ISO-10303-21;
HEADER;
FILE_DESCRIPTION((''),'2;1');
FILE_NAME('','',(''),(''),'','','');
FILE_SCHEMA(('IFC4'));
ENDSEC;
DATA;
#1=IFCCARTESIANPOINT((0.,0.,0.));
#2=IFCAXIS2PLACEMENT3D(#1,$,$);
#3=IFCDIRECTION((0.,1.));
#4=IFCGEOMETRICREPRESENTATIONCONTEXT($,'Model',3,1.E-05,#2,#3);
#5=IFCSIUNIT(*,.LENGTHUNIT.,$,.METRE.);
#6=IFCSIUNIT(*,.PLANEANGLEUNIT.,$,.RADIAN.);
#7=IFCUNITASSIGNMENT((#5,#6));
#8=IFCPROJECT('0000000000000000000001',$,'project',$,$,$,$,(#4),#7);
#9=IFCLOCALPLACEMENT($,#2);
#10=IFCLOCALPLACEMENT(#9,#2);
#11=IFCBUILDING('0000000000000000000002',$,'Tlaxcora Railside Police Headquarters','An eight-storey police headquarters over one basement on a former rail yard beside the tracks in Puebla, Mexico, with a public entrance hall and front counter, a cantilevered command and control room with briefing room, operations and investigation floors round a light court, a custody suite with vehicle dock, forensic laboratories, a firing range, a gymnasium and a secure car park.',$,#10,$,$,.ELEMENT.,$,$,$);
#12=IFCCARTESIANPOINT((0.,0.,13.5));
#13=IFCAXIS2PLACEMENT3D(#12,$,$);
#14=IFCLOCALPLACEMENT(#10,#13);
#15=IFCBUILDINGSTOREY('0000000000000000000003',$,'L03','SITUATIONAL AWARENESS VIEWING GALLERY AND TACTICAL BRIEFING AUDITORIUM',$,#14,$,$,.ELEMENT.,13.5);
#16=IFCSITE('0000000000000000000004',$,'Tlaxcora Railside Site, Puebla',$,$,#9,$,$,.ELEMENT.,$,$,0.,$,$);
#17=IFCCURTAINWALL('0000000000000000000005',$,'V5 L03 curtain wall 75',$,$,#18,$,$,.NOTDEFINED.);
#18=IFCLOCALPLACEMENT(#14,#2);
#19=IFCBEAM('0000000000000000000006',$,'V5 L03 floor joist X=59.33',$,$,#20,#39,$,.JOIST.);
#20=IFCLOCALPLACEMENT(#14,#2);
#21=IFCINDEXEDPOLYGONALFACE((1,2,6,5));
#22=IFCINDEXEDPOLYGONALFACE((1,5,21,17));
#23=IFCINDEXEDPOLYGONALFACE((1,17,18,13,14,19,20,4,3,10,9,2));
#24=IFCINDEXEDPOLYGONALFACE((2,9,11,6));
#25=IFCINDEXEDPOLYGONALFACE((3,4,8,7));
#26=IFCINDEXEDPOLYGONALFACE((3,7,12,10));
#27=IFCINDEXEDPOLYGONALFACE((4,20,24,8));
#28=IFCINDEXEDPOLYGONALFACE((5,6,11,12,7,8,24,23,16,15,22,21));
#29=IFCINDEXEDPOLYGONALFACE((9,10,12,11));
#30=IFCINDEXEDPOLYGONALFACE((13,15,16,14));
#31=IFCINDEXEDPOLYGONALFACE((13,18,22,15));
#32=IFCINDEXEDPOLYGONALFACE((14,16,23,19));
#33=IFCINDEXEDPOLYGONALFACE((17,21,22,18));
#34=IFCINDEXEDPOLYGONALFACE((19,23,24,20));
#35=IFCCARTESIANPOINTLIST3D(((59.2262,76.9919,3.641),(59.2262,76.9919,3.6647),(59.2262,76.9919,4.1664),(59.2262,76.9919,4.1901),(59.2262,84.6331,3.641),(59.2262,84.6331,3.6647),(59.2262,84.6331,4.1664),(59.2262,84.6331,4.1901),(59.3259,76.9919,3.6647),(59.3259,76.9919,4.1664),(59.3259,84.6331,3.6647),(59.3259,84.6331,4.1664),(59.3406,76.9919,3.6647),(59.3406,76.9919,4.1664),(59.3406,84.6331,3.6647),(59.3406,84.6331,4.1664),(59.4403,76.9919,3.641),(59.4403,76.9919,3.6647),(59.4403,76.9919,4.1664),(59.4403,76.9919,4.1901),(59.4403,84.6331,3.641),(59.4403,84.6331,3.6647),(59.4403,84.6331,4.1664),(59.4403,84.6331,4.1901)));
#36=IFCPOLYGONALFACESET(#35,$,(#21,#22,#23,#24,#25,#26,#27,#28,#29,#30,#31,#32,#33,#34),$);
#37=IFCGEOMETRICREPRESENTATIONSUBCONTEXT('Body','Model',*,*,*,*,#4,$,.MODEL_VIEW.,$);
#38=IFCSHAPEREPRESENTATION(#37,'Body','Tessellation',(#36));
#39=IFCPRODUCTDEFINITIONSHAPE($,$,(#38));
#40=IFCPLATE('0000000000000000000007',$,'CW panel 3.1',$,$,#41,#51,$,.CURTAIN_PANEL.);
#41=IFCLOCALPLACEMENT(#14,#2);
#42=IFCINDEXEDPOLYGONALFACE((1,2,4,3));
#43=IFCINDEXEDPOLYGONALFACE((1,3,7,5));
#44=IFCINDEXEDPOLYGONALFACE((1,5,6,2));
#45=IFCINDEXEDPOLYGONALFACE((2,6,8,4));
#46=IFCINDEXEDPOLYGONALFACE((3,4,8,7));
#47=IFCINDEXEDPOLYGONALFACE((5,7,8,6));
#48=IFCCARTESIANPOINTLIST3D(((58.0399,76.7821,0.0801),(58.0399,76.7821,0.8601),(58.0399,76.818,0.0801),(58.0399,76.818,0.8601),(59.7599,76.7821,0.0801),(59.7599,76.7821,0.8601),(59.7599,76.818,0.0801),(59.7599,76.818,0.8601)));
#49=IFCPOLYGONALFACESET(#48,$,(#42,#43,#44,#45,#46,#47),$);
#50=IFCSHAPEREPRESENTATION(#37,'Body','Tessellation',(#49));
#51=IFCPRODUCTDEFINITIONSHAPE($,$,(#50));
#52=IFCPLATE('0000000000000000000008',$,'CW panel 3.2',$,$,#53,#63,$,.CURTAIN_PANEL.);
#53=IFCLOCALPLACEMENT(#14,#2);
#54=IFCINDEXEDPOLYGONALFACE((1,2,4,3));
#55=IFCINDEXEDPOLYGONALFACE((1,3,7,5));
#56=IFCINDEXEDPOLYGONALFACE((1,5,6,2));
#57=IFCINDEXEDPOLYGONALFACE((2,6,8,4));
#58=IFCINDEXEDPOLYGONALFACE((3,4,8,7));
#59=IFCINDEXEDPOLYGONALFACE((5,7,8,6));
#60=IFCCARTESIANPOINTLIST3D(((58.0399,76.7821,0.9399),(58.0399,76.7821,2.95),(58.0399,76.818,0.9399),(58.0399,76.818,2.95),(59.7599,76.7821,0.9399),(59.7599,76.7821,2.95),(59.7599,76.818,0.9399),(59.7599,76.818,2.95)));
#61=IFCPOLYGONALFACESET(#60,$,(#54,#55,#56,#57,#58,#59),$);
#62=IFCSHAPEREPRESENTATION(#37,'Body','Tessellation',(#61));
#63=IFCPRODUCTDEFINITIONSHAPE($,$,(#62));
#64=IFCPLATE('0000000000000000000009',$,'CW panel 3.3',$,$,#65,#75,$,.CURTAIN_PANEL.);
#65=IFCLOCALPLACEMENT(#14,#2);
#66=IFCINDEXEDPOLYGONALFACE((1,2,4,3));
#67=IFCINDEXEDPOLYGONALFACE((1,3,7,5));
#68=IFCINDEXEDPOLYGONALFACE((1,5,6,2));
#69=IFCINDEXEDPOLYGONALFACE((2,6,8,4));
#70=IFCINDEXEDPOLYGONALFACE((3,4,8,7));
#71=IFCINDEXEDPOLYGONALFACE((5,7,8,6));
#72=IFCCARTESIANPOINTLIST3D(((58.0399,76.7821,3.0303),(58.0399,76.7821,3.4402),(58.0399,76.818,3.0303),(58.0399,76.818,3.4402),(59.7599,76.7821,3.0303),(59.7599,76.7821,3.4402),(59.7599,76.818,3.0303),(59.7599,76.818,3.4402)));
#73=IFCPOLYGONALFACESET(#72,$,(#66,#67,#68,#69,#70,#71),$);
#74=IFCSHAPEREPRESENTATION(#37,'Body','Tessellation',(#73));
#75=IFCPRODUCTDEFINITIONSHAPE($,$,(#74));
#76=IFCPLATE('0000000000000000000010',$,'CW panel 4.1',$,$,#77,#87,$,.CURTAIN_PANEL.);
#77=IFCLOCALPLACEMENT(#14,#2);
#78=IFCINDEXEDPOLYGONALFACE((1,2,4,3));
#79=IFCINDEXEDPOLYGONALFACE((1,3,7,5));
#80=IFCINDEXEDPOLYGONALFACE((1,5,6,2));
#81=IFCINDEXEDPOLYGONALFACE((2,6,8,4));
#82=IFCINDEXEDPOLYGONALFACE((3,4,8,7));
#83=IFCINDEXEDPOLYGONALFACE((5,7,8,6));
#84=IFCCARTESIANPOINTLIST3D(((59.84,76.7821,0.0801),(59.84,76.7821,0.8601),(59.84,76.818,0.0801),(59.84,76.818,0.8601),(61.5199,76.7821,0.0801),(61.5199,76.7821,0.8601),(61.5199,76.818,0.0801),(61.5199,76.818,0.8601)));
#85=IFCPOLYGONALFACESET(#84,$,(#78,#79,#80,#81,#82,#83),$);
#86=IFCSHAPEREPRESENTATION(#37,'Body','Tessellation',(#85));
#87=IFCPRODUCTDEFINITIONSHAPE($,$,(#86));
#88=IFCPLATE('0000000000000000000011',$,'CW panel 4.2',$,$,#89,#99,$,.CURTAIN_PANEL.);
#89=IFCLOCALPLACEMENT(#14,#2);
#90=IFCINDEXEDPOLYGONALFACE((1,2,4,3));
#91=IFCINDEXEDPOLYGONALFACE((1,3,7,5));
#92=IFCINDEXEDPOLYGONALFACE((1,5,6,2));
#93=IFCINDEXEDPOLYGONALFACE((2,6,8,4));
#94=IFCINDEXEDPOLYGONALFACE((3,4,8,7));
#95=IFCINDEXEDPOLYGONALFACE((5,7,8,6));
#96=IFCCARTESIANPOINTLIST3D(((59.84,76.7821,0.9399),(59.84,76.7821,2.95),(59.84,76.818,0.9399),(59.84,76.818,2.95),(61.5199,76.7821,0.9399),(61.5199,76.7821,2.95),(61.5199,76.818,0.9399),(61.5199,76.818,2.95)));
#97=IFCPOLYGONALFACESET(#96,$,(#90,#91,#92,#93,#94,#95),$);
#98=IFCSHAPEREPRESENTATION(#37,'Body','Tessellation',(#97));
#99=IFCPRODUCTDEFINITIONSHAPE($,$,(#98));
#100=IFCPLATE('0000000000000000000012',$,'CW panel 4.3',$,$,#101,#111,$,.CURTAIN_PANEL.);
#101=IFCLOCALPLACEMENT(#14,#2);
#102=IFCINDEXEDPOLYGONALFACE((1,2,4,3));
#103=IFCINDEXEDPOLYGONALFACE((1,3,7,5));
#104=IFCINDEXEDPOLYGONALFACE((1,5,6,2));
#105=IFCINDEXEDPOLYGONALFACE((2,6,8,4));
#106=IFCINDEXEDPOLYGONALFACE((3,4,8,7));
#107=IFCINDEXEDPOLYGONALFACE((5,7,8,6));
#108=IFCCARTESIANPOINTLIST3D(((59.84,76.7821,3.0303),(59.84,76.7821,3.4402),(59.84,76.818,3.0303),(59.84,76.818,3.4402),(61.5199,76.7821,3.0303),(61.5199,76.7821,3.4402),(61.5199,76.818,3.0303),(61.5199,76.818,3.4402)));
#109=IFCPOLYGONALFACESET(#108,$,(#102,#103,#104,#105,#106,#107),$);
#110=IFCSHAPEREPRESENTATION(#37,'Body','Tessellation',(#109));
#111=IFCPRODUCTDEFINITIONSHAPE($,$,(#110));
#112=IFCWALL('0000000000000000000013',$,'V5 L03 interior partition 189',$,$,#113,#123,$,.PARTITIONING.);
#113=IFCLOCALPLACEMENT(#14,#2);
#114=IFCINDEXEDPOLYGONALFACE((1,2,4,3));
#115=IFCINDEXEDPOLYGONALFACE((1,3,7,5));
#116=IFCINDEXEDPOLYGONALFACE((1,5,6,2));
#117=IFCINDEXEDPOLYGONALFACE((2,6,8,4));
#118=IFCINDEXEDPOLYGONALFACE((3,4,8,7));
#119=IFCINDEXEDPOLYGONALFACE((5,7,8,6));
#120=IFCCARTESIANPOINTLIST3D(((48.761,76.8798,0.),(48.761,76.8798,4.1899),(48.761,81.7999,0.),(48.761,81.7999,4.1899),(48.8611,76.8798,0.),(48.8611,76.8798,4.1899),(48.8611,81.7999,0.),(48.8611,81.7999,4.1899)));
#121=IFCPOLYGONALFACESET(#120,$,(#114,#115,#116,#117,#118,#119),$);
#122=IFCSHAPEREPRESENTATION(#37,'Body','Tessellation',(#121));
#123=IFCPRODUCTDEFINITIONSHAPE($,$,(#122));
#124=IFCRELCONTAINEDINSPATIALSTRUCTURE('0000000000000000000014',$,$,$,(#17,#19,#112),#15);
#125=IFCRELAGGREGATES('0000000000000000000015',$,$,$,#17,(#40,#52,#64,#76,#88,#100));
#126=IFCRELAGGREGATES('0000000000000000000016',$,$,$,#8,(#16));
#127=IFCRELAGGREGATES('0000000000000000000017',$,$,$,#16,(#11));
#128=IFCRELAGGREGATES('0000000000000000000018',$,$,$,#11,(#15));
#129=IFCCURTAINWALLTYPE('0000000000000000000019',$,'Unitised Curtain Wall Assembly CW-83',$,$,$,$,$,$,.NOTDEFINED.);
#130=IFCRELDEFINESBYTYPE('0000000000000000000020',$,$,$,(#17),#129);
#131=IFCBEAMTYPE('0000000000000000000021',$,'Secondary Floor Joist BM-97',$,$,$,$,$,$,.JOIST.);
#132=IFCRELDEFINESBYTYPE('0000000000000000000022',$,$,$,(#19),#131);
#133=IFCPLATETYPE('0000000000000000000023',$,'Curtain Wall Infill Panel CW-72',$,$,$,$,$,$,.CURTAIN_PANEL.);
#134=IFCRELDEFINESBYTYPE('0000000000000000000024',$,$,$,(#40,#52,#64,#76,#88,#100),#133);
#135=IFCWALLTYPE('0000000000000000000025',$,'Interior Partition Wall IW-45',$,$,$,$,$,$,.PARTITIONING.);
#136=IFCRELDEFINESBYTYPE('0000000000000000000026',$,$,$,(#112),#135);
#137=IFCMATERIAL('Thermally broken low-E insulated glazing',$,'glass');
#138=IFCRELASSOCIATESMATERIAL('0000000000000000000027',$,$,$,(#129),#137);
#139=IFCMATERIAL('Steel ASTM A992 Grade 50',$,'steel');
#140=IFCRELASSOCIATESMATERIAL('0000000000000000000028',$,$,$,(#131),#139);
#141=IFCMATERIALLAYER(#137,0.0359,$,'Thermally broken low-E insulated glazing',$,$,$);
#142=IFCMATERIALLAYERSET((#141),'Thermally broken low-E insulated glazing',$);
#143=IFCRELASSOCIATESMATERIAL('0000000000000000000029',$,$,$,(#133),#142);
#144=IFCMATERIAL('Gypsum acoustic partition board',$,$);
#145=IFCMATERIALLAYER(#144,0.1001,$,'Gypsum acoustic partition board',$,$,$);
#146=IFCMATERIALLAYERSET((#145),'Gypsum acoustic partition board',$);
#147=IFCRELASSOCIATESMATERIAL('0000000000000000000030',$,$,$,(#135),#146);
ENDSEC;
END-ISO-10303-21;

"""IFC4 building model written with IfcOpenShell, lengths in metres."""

from ifc_helpers import new_model, si_unit, direction, frame, frame_2d, origin, origin_2d, place, context, subcontext, project, spatial, rectangle, i_section, extrude, material, layer, layer_set, material_profile, profile_set, type_object, element, aggregate, save


model = new_model("IFC4")

# Units and contexts
model_context = context("Model", 3, precision=1e-05, world=origin(), true_north=direction((0.0, 1.0)))
body_context = subcontext(model_context, "Body", "Model", "MODEL_VIEW")
ifc_project = project(units=[si_unit("LENGTHUNIT", "METRE"), si_unit("PLANEANGLEUNIT", "RADIAN")], contexts=[model_context])

# Site, building, storey
site_placement = place(None, origin())
site = spatial("IfcSite", under=ifc_project, at=site_placement, Name="Tlaxcora Railside Site, Puebla", CompositionType="ELEMENT", RefElevation=0.0)
building_placement = place(site_placement, origin())
building = spatial("IfcBuilding", under=site, at=building_placement, Name="Tlaxcora Railside Police Headquarters", Description="An eight-storey police headquarters over one basement on a former rail yard beside the tracks in Puebla, Mexico, with a public entrance hall and front counter, a cantilevered command and control room with briefing room, operations and investigation floors round a light court, a custody suite with vehicle dock, forensic laboratories, a firing range, a gymnasium and a secure car park.", CompositionType="ELEMENT")
storey_placement = place(building_placement, frame((0.0, 0.0, 13.5)))
storey = spatial("IfcBuildingStorey", under=building, at=storey_placement, Name="L03", Description="SITUATIONAL AWARENESS VIEWING GALLERY AND TACTICAL BRIEFING AUDITORIUM", CompositionType="ELEMENT", Elevation=13.5)

# Curtain wall
ifc_material_1 = material(Name="Thermally broken low-E insulated glazing", Category="glass")
curtain_wall_type = type_object("IfcCurtainWallType", Name="Unitised Curtain Wall Assembly CW-83", PredefinedType="NOTDEFINED", material=ifc_material_1)
curtain_wall_placement = place(storey_placement, origin())
curtain_wall = element("IfcCurtainWall", 1, at=curtain_wall_placement, inside=storey, type_object=curtain_wall_type, Name="V5 L03 curtain wall 75", PredefinedType="NOTDEFINED")

# Beam
ifc_material_2 = material(Name="Steel ASTM A992 Grade 50", Category="steel")
ifc_material_profile_1 = material_profile(ifc_material_2, i_section(OverallWidth=0.2141, OverallDepth=0.5491, WebThickness=0.0146, FlangeThickness=0.0237, at=origin_2d()), Name="W21X93")
ifc_profile_set_1 = profile_set([ifc_material_profile_1], Name="Steel ASTM A992 Grade 50")
beam_type_1 = type_object("IfcBeamType", Name="Secondary Floor Joist BM-97", PredefinedType="JOIST", material=ifc_profile_set_1)
beam_1_placement = place(storey_placement, frame((59.3333, 76.9919, 3.9155), z_axis=(0.0, 1.0, 0.0), x_axis=(-1.0, 0.0, 0.0)))
element("IfcBeam", 2, at=beam_1_placement, inside=storey, type_object=beam_type_1, Name="V5 L03 floor joist X=59.33", PredefinedType="JOIST", context=body_context, shape_type="SweptSolid", body=[
    extrude(i_section(OverallWidth=0.2141, OverallDepth=0.5491, WebThickness=0.0146, FlangeThickness=0.0237, at=origin_2d()), origin(), (0.0, 0.0, 1.0), 7.6411),
])

# Plates
ifc_layer_1 = layer(ifc_material_1, 0.0359, Name="Thermally broken low-E insulated glazing")
ifc_layer_set_1 = layer_set([ifc_layer_1], Name="Thermally broken low-E insulated glazing")
plate_type = type_object("IfcPlateType", Name="Curtain Wall Infill Panel CW-72", PredefinedType="CURTAIN_PANEL", material=ifc_layer_set_1)
plate_1_placement = place(storey_placement, frame((58.8999, 76.8, 0.0801), z_axis=(0.0, 0.0, 1.0), x_axis=(1.0, 0.0, 0.0)))
plate_1 = element("IfcPlate", 3, at=plate_1_placement, type_object=plate_type, Name="CW panel 3.1", PredefinedType="CURTAIN_PANEL", context=body_context, shape_type="SweptSolid", body=[
    extrude(rectangle(XDim=1.72, YDim=0.0359, at=origin_2d()), origin(), (0.0, 0.0, 1.0), 0.78),
])
plate_2_placement = place(storey_placement, frame((58.8999, 76.8, 0.9399), z_axis=(0.0, 0.0, 1.0), x_axis=(1.0, 0.0, 0.0)))
plate_2 = element("IfcPlate", 4, at=plate_2_placement, type_object=plate_type, Name="CW panel 3.2", PredefinedType="CURTAIN_PANEL", context=body_context, shape_type="SweptSolid", body=[
    extrude(rectangle(XDim=1.72, YDim=0.0359, at=origin_2d()), origin(), (0.0, 0.0, 1.0), 2.01),
])
plate_3_placement = place(storey_placement, frame((58.8999, 76.8, 3.0303), z_axis=(0.0, 0.0, 1.0), x_axis=(1.0, 0.0, 0.0)))
plate_3 = element("IfcPlate", 5, at=plate_3_placement, type_object=plate_type, Name="CW panel 3.3", PredefinedType="CURTAIN_PANEL", context=body_context, shape_type="SweptSolid", body=[
    extrude(rectangle(XDim=1.72, YDim=0.0359, at=origin_2d()), origin(), (0.0, 0.0, 1.0), 0.4099),
])
plate_4_placement = place(storey_placement, frame((60.6799, 76.8, 0.0801), z_axis=(0.0, 0.0, 1.0), x_axis=(1.0, 0.0, 0.0)))
plate_4 = element("IfcPlate", 6, at=plate_4_placement, type_object=plate_type, Name="CW panel 4.1", PredefinedType="CURTAIN_PANEL", context=body_context, shape_type="SweptSolid", body=[
    extrude(rectangle(XDim=1.6799, YDim=0.0359, at=origin_2d()), origin(), (0.0, 0.0, 1.0), 0.78),
])
plate_5_placement = place(storey_placement, frame((60.6799, 76.8, 0.9399), z_axis=(0.0, 0.0, 1.0), x_axis=(1.0, 0.0, 0.0)))
plate_5 = element("IfcPlate", 7, at=plate_5_placement, type_object=plate_type, Name="CW panel 4.2", PredefinedType="CURTAIN_PANEL", context=body_context, shape_type="SweptSolid", body=[
    extrude(rectangle(XDim=1.6799, YDim=0.0359, at=origin_2d()), origin(), (0.0, 0.0, 1.0), 2.01),
])
plate_6_placement = place(storey_placement, frame((60.6799, 76.8, 3.0303), z_axis=(0.0, 0.0, 1.0), x_axis=(1.0, 0.0, 0.0)))
plate_6 = element("IfcPlate", 8, at=plate_6_placement, type_object=plate_type, Name="CW panel 4.3", PredefinedType="CURTAIN_PANEL", context=body_context, shape_type="SweptSolid", body=[
    extrude(rectangle(XDim=1.6799, YDim=0.0359, at=origin_2d()), origin(), (0.0, 0.0, 1.0), 0.4099),
])
aggregate(curtain_wall, [plate_1, plate_2, plate_3, plate_4, plate_5, plate_6])

# Wall
ifc_material_3 = material(Name="Gypsum acoustic partition board")
ifc_layer_2 = layer(ifc_material_3, 0.1001, Name="Gypsum acoustic partition board")
ifc_layer_set_2 = layer_set([ifc_layer_2], Name="Gypsum acoustic partition board")
wall_type = type_object("IfcWallType", Name="Interior Partition Wall IW-45", PredefinedType="PARTITIONING", material=ifc_layer_set_2)
wall_placement = place(storey_placement, frame((48.811, 76.8799, 0.0), z_axis=(0.0, 0.0, 1.0), x_axis=(0.0, 1.0, 0.0)))
element("IfcWall", 9, at=wall_placement, inside=storey, type_object=wall_type, Name="V5 L03 interior partition 189", PredefinedType="PARTITIONING", context=body_context, shape_type="SweptSolid", body=[
    extrude(rectangle(XDim=4.9202, YDim=0.1001, at=frame_2d((2.46, 0.0))), origin(), (0.0, 0.0, 1.0), 4.1899),
])

save(model, "model.ifc")
